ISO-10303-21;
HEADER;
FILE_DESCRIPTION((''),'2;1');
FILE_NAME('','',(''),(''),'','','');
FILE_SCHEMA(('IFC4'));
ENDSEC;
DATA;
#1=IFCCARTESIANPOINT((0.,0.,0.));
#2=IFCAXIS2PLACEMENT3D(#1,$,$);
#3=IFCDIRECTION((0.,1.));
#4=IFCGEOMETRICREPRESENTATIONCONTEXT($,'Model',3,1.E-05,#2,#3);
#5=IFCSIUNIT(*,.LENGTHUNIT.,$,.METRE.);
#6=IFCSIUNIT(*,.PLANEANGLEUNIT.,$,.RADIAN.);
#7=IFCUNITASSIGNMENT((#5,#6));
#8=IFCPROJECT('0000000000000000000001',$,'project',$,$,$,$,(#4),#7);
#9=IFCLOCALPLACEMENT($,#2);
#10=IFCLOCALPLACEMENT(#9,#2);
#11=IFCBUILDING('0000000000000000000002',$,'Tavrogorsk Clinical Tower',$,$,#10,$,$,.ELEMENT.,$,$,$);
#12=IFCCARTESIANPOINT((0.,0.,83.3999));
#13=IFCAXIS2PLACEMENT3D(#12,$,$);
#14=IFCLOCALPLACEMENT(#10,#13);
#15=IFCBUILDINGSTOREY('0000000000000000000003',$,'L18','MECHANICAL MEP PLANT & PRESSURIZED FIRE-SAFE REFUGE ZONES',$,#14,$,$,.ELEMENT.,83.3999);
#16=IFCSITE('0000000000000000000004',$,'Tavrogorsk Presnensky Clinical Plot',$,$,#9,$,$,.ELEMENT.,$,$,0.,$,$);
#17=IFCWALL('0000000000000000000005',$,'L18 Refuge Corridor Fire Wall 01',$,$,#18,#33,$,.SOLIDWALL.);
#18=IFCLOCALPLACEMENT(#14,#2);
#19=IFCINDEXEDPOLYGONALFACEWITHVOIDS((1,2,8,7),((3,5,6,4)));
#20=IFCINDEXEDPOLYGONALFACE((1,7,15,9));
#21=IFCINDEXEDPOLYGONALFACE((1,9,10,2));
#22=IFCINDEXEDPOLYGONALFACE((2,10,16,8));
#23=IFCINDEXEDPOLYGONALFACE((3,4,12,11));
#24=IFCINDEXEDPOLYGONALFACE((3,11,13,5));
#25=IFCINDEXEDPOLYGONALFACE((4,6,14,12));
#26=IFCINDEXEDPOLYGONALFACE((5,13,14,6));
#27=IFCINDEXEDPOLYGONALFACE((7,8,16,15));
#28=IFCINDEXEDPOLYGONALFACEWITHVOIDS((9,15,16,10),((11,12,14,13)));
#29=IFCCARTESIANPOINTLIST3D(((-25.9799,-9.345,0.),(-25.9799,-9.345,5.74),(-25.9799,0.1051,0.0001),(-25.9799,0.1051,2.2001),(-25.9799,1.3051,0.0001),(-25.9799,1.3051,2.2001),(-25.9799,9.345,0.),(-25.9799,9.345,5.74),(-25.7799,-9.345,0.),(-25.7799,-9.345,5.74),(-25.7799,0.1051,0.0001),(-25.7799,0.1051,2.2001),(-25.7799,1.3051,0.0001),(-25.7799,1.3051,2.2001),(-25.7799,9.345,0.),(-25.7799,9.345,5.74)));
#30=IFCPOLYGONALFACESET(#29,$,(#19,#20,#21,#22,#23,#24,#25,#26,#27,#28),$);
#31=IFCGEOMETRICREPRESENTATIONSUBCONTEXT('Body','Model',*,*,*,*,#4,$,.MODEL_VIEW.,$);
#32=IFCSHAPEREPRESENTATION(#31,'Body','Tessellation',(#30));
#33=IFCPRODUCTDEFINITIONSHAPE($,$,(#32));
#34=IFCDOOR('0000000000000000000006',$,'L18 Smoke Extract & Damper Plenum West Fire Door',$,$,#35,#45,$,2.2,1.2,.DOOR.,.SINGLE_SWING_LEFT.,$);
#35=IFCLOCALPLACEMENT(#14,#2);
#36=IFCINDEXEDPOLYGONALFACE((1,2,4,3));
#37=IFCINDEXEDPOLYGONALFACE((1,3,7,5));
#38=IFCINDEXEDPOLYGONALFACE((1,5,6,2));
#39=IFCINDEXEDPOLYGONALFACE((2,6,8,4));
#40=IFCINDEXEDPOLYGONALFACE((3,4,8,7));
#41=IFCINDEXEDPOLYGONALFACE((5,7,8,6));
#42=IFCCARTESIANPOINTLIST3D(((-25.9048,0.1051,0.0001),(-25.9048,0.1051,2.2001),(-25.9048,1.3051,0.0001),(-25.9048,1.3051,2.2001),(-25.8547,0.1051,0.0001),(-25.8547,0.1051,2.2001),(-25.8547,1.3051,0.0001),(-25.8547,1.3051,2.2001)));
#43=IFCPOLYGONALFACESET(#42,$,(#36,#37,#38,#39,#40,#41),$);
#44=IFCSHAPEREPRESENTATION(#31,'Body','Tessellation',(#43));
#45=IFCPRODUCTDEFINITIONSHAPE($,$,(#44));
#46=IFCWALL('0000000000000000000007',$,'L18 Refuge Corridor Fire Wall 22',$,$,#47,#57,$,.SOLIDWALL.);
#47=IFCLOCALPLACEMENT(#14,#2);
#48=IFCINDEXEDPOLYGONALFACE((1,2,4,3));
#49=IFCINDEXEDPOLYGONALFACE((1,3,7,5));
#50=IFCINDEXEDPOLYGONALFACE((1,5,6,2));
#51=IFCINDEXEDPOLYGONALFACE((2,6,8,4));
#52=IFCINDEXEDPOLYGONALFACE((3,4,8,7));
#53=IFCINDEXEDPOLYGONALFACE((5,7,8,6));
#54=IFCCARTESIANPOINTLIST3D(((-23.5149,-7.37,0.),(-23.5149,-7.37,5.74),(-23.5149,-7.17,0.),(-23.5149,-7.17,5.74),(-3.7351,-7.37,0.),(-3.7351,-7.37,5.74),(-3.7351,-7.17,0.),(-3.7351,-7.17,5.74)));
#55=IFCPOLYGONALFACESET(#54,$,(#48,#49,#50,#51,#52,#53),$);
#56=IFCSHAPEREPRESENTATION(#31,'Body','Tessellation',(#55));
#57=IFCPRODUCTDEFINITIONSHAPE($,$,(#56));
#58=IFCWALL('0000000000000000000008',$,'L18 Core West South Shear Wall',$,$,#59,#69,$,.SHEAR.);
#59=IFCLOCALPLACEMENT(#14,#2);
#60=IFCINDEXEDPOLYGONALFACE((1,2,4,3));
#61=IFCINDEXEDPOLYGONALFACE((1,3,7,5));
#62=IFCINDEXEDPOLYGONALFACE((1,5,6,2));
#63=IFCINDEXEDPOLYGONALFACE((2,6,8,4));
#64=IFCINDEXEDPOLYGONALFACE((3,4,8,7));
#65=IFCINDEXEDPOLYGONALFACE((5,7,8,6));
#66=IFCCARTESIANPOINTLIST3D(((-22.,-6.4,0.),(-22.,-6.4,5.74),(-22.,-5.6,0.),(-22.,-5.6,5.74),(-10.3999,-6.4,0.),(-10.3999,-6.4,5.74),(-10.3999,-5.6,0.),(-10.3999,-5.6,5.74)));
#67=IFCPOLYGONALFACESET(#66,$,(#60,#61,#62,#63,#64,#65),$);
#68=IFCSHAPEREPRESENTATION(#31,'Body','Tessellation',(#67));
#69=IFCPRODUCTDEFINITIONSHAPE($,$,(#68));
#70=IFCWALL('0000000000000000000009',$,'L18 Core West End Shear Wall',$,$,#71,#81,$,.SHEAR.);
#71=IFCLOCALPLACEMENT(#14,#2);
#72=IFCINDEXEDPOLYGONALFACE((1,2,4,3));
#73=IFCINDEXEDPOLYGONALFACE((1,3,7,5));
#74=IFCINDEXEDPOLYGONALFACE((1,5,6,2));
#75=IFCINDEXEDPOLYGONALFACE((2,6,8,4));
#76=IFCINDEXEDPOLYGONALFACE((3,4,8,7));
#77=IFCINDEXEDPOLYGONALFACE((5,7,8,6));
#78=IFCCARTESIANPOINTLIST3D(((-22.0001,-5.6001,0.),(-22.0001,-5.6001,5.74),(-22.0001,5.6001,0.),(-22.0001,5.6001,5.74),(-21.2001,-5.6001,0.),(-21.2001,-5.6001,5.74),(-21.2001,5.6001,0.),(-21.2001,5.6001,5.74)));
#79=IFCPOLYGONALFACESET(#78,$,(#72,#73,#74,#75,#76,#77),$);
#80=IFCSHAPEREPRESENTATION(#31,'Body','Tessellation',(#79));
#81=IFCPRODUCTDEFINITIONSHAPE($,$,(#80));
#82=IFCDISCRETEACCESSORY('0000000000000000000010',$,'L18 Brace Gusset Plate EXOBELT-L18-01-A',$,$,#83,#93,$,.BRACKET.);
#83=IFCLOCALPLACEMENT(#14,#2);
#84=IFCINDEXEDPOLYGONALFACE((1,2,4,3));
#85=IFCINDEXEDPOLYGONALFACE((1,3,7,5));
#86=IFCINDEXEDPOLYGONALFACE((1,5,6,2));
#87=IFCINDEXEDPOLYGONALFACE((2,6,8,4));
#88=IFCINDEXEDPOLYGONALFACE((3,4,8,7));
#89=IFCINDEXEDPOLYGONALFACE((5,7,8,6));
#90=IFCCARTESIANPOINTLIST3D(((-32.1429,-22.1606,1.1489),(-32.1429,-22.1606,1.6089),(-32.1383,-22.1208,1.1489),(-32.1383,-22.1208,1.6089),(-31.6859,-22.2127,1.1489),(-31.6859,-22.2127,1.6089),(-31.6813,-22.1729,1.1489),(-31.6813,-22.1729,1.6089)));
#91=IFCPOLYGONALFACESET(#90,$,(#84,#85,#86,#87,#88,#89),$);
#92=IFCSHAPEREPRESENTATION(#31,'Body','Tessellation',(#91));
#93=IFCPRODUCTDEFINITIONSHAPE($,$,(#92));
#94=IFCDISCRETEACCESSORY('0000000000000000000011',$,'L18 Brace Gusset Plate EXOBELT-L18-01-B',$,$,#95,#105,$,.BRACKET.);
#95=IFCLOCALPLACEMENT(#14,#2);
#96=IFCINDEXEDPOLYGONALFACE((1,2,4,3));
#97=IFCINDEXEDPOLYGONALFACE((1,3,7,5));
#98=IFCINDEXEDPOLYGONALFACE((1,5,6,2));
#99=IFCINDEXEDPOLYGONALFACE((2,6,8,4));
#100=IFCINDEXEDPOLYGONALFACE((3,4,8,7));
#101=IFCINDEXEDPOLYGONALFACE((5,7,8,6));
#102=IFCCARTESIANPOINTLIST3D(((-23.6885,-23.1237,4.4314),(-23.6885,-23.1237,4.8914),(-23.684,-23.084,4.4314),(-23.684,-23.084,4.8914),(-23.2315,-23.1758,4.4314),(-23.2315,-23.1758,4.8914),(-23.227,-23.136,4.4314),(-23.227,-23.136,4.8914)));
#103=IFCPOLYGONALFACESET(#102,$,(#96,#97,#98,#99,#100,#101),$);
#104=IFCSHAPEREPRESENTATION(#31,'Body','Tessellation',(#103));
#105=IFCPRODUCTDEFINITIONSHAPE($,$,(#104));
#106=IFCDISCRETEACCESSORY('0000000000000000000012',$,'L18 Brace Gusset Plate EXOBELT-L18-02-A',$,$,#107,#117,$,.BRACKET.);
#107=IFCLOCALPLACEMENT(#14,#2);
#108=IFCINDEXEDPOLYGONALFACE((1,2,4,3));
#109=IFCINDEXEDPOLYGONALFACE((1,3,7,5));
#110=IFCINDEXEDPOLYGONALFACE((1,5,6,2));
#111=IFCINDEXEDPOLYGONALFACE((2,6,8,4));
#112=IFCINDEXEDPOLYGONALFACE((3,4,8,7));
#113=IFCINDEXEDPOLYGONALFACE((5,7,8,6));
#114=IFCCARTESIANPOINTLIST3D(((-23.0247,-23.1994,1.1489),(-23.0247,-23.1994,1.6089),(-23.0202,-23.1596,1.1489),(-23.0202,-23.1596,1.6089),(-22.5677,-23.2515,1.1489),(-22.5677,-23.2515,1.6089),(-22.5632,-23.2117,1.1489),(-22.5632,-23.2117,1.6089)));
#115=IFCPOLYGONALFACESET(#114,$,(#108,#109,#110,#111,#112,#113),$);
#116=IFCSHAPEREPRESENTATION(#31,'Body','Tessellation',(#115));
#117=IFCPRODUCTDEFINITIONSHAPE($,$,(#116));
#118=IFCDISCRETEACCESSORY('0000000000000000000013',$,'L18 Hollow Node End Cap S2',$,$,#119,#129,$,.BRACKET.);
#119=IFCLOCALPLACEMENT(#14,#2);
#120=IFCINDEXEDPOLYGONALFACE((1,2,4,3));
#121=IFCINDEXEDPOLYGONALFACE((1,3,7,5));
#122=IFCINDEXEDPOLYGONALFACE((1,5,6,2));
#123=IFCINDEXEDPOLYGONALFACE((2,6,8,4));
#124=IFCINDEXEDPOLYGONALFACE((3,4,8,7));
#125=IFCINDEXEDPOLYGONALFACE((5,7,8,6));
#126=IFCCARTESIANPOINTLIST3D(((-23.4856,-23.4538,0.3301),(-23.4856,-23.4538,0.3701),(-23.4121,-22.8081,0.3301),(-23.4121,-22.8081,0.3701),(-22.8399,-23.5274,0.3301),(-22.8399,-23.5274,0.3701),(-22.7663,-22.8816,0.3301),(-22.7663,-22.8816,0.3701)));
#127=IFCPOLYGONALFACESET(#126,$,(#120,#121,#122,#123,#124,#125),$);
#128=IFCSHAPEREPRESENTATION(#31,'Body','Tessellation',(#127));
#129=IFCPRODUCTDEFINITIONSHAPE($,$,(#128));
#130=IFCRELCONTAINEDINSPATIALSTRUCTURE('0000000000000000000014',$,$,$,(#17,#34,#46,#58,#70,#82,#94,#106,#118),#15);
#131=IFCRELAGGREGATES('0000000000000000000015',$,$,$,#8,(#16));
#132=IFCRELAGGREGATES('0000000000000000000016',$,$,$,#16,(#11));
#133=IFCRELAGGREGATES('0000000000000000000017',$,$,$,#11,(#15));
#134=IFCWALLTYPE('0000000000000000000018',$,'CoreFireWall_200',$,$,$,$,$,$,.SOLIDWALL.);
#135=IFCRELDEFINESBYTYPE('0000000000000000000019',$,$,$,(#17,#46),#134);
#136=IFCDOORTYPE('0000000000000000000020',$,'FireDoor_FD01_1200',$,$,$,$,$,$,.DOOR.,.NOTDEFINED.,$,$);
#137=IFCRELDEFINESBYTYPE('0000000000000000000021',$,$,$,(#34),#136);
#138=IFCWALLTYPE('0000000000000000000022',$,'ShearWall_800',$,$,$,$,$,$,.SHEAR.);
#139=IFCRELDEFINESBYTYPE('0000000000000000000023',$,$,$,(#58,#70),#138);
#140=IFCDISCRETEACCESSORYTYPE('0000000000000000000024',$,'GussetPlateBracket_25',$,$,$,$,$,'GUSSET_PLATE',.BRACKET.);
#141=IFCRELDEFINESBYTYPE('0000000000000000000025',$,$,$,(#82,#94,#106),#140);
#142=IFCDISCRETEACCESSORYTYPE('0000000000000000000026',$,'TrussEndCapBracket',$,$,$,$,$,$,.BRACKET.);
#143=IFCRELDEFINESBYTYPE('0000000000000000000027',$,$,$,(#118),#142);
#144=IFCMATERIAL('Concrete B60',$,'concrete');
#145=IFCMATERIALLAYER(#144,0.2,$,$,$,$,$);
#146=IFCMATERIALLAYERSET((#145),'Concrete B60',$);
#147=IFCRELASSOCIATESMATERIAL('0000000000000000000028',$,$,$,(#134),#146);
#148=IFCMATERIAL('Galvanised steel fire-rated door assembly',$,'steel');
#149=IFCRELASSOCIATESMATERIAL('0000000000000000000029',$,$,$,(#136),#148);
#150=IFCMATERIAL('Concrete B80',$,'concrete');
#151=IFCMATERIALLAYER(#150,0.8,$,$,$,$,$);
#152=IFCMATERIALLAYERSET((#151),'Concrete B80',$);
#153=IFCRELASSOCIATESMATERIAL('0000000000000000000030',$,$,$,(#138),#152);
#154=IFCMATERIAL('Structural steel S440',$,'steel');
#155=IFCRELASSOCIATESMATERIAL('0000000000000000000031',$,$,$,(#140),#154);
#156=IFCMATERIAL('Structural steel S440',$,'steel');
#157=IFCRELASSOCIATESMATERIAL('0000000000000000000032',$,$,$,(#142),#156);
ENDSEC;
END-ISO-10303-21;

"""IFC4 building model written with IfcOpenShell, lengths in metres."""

from ifc_helpers import new_model, si_unit, direction, frame, frame_2d, origin, origin_2d, place, context, subcontext, project, spatial, rectangle, extrude, material, layer, layer_set, type_object, element, fill, save


model = new_model("IFC4")

# Units and contexts
model_context = context("Model", 3, precision=1e-05, world=origin(), true_north=direction((0.0, 1.0)))
body_context = subcontext(model_context, "Body", "Model", "MODEL_VIEW")
ifc_project = project(units=[si_unit("LENGTHUNIT", "METRE"), si_unit("PLANEANGLEUNIT", "RADIAN")], contexts=[model_context])

# Site, building, storey
site_placement = place(None, origin())
site = spatial("IfcSite", under=ifc_project, at=site_placement, Name="Tavrogorsk Presnensky Clinical Plot", CompositionType="ELEMENT", RefElevation=0.0)
building_placement = place(site_placement, origin())
building = spatial("IfcBuilding", under=site, at=building_placement, Name="Tavrogorsk Clinical Tower", CompositionType="ELEMENT")
storey_placement = place(building_placement, frame((0.0, 0.0, 83.3999)))
storey = spatial("IfcBuildingStorey", under=building, at=storey_placement, Name="L18", Description="MECHANICAL MEP PLANT & PRESSURIZED FIRE-SAFE REFUGE ZONES", CompositionType="ELEMENT", Elevation=83.3999)

# Wall, opening, door
ifc_material_1 = material(Name="Concrete B60", Category="concrete")
ifc_layer_1 = layer(ifc_material_1, 0.2)
ifc_layer_set_1 = layer_set([ifc_layer_1], Name="Concrete B60")
wall_type_1 = type_object("IfcWallType", Name="CoreFireWall_200", PredefinedType="SOLIDWALL", material=ifc_layer_set_1)
wall_1_placement = place(storey_placement, frame((-25.8799, -9.345, 0.0), z_axis=(0.0, 0.0, 1.0), x_axis=(0.0, 1.0, 0.0)))
wall_1 = element("IfcWall", 1, at=wall_1_placement, inside=storey, type_object=wall_type_1, Name="L18 Refuge Corridor Fire Wall 01", PredefinedType="SOLIDWALL", context=body_context, shape_type="SweptSolid", body=[
    extrude(rectangle(XDim=18.6899, YDim=0.2, at=frame_2d((9.345, 0.0))), origin(), (0.0, 0.0, 1.0), 5.74),
])
opening_placement = place(wall_1_placement, frame((9.45, 0.0, 0.0)))
opening = element("IfcOpeningElement", 2, at=opening_placement, cuts=wall_1, PredefinedType="OPENING", context=body_context, shape_type="SweptSolid", body=[
    extrude(rectangle(XDim=1.2, YDim=2.2, at=frame_2d((0.6001, 1.1001))), frame((0.0, 0.1099, 0.0), z_axis=(0.0, -1.0, 0.0), x_axis=(1.0, 0.0, 0.0)), (0.0, 0.0, 1.0), 0.22),
])
ifc_material_2 = material(Name="Galvanised steel fire-rated door assembly", Category="steel")
door_type = type_object("IfcDoorType", Name="FireDoor_FD01_1200", OperationType="NOTDEFINED", PredefinedType="DOOR", material=ifc_material_2)
door_placement = place(opening_placement, origin())
door = element("IfcDoor", 3, at=door_placement, inside=storey, type_object=door_type, Name="L18 Smoke Extract & Damper Plenum West Fire Door", OperationType="SINGLE_SWING_LEFT", OverallHeight=2.2, OverallWidth=1.2, PredefinedType="DOOR", context=body_context, shape_type="SweptSolid", body=[
    extrude(rectangle(XDim=1.2, YDim=2.2, at=frame_2d((0.6001, 1.1001))), frame((0.0, 0.0249, 0.0), z_axis=(0.0, -1.0, 0.0), x_axis=(1.0, 0.0, 0.0)), (0.0, 0.0, 1.0), 0.05),
])
fill(opening, door)

# Walls
wall_2_placement = place(storey_placement, frame((-23.5149, -7.27, 0.0), z_axis=(0.0, 0.0, 1.0), x_axis=(1.0, 0.0, 0.0)))
element("IfcWall", 4, at=wall_2_placement, inside=storey, type_object=wall_type_1, Name="L18 Refuge Corridor Fire Wall 22", PredefinedType="SOLIDWALL", context=body_context, shape_type="SweptSolid", body=[
    extrude(rectangle(XDim=19.7798, YDim=0.2, at=frame_2d((9.8899, 0.0))), origin(), (0.0, 0.0, 1.0), 5.74),
])
ifc_material_3 = material(Name="Concrete B80", Category="concrete")
ifc_layer_2 = layer(ifc_material_3, 0.8)
ifc_layer_set_2 = layer_set([ifc_layer_2], Name="Concrete B80")
wall_type_2 = type_object("IfcWallType", Name="ShearWall_800", PredefinedType="SHEAR", material=ifc_layer_set_2)
wall_3_placement = place(storey_placement, frame((-22.0, -6.0, 0.0), z_axis=(0.0, 0.0, 1.0), x_axis=(1.0, 0.0, 0.0)))
element("IfcWall", 5, at=wall_3_placement, inside=storey, type_object=wall_type_2, Name="L18 Core West South Shear Wall", PredefinedType="SHEAR", context=body_context, shape_type="SweptSolid", body=[
    extrude(rectangle(XDim=11.6001, YDim=0.8, at=frame_2d((5.8, 0.0))), origin(), (0.0, 0.0, 1.0), 5.74),
])
wall_4_placement = place(storey_placement, frame((-21.6001, -5.6001, 0.0), z_axis=(0.0, 0.0, 1.0), x_axis=(0.0, 1.0, 0.0)))
element("IfcWall", 6, at=wall_4_placement, inside=storey, type_object=wall_type_2, Name="L18 Core West End Shear Wall", PredefinedType="SHEAR", context=body_context, shape_type="SweptSolid", body=[
    extrude(rectangle(XDim=11.2002, YDim=0.8, at=frame_2d((5.6001, 0.0))), origin(), (0.0, 0.0, 1.0), 5.74),
])

# Discrete accessories
ifc_material_4 = material(Name="Structural steel S440", Category="steel")
discrete_accessory_type_1 = type_object("IfcDiscreteAccessoryType", Name="GussetPlateBracket_25", ElementType="GUSSET_PLATE", PredefinedType="BRACKET", material=ifc_material_4)
for number, where, z_axis, x_axis, name in (
    (7, (-31.9121, -22.1667, 1.1489), (0.0, 0.0, 1.0), (0.993572, -0.113203, 0.0), "L18 Brace Gusset Plate EXOBELT-L18-01-A"),
    (8, (-23.4578, -23.1299, 4.4314), (0.0, 0.0, 1.0), (0.993572, -0.113203, 0.0), "L18 Brace Gusset Plate EXOBELT-L18-01-B"),
    (9, (-22.7939, -23.2056, 1.1489), (0.0, 0.0, 1.0), (0.993572, -0.113203, 0.0), "L18 Brace Gusset Plate EXOBELT-L18-02-A"),
):
    element("IfcDiscreteAccessory", number, at=place(storey_placement, frame(where, z_axis=z_axis, x_axis=x_axis)), inside=storey, type_object=discrete_accessory_type_1, Name=name, PredefinedType="BRACKET", context=body_context, shape_type="SweptSolid", body=[
        extrude(rectangle(XDim=0.46, YDim=0.04, at=origin_2d()), origin(), (0.0, 0.0, 1.0), 0.46),
    ])
ifc_material_5 = material(Name="Structural steel S440", Category="steel")
discrete_accessory_type_2 = type_object("IfcDiscreteAccessoryType", Name="TrussEndCapBracket", PredefinedType="BRACKET", material=ifc_material_5)
discrete_accessory_placement = place(storey_placement, frame((-23.126, -23.1677, 0.3301), z_axis=(0.0, 0.0, 1.0), x_axis=(0.993572, -0.113203, 0.0)))
element("IfcDiscreteAccessory", 10, at=discrete_accessory_placement, inside=storey, type_object=discrete_accessory_type_2, Name="L18 Hollow Node End Cap S2", PredefinedType="BRACKET", context=body_context, shape_type="SweptSolid", body=[
    extrude(rectangle(XDim=0.6499, YDim=0.6499, at=origin_2d()), origin(), (0.0, 0.0, 1.0), 0.04),
])

save(model, "model.ifc")
